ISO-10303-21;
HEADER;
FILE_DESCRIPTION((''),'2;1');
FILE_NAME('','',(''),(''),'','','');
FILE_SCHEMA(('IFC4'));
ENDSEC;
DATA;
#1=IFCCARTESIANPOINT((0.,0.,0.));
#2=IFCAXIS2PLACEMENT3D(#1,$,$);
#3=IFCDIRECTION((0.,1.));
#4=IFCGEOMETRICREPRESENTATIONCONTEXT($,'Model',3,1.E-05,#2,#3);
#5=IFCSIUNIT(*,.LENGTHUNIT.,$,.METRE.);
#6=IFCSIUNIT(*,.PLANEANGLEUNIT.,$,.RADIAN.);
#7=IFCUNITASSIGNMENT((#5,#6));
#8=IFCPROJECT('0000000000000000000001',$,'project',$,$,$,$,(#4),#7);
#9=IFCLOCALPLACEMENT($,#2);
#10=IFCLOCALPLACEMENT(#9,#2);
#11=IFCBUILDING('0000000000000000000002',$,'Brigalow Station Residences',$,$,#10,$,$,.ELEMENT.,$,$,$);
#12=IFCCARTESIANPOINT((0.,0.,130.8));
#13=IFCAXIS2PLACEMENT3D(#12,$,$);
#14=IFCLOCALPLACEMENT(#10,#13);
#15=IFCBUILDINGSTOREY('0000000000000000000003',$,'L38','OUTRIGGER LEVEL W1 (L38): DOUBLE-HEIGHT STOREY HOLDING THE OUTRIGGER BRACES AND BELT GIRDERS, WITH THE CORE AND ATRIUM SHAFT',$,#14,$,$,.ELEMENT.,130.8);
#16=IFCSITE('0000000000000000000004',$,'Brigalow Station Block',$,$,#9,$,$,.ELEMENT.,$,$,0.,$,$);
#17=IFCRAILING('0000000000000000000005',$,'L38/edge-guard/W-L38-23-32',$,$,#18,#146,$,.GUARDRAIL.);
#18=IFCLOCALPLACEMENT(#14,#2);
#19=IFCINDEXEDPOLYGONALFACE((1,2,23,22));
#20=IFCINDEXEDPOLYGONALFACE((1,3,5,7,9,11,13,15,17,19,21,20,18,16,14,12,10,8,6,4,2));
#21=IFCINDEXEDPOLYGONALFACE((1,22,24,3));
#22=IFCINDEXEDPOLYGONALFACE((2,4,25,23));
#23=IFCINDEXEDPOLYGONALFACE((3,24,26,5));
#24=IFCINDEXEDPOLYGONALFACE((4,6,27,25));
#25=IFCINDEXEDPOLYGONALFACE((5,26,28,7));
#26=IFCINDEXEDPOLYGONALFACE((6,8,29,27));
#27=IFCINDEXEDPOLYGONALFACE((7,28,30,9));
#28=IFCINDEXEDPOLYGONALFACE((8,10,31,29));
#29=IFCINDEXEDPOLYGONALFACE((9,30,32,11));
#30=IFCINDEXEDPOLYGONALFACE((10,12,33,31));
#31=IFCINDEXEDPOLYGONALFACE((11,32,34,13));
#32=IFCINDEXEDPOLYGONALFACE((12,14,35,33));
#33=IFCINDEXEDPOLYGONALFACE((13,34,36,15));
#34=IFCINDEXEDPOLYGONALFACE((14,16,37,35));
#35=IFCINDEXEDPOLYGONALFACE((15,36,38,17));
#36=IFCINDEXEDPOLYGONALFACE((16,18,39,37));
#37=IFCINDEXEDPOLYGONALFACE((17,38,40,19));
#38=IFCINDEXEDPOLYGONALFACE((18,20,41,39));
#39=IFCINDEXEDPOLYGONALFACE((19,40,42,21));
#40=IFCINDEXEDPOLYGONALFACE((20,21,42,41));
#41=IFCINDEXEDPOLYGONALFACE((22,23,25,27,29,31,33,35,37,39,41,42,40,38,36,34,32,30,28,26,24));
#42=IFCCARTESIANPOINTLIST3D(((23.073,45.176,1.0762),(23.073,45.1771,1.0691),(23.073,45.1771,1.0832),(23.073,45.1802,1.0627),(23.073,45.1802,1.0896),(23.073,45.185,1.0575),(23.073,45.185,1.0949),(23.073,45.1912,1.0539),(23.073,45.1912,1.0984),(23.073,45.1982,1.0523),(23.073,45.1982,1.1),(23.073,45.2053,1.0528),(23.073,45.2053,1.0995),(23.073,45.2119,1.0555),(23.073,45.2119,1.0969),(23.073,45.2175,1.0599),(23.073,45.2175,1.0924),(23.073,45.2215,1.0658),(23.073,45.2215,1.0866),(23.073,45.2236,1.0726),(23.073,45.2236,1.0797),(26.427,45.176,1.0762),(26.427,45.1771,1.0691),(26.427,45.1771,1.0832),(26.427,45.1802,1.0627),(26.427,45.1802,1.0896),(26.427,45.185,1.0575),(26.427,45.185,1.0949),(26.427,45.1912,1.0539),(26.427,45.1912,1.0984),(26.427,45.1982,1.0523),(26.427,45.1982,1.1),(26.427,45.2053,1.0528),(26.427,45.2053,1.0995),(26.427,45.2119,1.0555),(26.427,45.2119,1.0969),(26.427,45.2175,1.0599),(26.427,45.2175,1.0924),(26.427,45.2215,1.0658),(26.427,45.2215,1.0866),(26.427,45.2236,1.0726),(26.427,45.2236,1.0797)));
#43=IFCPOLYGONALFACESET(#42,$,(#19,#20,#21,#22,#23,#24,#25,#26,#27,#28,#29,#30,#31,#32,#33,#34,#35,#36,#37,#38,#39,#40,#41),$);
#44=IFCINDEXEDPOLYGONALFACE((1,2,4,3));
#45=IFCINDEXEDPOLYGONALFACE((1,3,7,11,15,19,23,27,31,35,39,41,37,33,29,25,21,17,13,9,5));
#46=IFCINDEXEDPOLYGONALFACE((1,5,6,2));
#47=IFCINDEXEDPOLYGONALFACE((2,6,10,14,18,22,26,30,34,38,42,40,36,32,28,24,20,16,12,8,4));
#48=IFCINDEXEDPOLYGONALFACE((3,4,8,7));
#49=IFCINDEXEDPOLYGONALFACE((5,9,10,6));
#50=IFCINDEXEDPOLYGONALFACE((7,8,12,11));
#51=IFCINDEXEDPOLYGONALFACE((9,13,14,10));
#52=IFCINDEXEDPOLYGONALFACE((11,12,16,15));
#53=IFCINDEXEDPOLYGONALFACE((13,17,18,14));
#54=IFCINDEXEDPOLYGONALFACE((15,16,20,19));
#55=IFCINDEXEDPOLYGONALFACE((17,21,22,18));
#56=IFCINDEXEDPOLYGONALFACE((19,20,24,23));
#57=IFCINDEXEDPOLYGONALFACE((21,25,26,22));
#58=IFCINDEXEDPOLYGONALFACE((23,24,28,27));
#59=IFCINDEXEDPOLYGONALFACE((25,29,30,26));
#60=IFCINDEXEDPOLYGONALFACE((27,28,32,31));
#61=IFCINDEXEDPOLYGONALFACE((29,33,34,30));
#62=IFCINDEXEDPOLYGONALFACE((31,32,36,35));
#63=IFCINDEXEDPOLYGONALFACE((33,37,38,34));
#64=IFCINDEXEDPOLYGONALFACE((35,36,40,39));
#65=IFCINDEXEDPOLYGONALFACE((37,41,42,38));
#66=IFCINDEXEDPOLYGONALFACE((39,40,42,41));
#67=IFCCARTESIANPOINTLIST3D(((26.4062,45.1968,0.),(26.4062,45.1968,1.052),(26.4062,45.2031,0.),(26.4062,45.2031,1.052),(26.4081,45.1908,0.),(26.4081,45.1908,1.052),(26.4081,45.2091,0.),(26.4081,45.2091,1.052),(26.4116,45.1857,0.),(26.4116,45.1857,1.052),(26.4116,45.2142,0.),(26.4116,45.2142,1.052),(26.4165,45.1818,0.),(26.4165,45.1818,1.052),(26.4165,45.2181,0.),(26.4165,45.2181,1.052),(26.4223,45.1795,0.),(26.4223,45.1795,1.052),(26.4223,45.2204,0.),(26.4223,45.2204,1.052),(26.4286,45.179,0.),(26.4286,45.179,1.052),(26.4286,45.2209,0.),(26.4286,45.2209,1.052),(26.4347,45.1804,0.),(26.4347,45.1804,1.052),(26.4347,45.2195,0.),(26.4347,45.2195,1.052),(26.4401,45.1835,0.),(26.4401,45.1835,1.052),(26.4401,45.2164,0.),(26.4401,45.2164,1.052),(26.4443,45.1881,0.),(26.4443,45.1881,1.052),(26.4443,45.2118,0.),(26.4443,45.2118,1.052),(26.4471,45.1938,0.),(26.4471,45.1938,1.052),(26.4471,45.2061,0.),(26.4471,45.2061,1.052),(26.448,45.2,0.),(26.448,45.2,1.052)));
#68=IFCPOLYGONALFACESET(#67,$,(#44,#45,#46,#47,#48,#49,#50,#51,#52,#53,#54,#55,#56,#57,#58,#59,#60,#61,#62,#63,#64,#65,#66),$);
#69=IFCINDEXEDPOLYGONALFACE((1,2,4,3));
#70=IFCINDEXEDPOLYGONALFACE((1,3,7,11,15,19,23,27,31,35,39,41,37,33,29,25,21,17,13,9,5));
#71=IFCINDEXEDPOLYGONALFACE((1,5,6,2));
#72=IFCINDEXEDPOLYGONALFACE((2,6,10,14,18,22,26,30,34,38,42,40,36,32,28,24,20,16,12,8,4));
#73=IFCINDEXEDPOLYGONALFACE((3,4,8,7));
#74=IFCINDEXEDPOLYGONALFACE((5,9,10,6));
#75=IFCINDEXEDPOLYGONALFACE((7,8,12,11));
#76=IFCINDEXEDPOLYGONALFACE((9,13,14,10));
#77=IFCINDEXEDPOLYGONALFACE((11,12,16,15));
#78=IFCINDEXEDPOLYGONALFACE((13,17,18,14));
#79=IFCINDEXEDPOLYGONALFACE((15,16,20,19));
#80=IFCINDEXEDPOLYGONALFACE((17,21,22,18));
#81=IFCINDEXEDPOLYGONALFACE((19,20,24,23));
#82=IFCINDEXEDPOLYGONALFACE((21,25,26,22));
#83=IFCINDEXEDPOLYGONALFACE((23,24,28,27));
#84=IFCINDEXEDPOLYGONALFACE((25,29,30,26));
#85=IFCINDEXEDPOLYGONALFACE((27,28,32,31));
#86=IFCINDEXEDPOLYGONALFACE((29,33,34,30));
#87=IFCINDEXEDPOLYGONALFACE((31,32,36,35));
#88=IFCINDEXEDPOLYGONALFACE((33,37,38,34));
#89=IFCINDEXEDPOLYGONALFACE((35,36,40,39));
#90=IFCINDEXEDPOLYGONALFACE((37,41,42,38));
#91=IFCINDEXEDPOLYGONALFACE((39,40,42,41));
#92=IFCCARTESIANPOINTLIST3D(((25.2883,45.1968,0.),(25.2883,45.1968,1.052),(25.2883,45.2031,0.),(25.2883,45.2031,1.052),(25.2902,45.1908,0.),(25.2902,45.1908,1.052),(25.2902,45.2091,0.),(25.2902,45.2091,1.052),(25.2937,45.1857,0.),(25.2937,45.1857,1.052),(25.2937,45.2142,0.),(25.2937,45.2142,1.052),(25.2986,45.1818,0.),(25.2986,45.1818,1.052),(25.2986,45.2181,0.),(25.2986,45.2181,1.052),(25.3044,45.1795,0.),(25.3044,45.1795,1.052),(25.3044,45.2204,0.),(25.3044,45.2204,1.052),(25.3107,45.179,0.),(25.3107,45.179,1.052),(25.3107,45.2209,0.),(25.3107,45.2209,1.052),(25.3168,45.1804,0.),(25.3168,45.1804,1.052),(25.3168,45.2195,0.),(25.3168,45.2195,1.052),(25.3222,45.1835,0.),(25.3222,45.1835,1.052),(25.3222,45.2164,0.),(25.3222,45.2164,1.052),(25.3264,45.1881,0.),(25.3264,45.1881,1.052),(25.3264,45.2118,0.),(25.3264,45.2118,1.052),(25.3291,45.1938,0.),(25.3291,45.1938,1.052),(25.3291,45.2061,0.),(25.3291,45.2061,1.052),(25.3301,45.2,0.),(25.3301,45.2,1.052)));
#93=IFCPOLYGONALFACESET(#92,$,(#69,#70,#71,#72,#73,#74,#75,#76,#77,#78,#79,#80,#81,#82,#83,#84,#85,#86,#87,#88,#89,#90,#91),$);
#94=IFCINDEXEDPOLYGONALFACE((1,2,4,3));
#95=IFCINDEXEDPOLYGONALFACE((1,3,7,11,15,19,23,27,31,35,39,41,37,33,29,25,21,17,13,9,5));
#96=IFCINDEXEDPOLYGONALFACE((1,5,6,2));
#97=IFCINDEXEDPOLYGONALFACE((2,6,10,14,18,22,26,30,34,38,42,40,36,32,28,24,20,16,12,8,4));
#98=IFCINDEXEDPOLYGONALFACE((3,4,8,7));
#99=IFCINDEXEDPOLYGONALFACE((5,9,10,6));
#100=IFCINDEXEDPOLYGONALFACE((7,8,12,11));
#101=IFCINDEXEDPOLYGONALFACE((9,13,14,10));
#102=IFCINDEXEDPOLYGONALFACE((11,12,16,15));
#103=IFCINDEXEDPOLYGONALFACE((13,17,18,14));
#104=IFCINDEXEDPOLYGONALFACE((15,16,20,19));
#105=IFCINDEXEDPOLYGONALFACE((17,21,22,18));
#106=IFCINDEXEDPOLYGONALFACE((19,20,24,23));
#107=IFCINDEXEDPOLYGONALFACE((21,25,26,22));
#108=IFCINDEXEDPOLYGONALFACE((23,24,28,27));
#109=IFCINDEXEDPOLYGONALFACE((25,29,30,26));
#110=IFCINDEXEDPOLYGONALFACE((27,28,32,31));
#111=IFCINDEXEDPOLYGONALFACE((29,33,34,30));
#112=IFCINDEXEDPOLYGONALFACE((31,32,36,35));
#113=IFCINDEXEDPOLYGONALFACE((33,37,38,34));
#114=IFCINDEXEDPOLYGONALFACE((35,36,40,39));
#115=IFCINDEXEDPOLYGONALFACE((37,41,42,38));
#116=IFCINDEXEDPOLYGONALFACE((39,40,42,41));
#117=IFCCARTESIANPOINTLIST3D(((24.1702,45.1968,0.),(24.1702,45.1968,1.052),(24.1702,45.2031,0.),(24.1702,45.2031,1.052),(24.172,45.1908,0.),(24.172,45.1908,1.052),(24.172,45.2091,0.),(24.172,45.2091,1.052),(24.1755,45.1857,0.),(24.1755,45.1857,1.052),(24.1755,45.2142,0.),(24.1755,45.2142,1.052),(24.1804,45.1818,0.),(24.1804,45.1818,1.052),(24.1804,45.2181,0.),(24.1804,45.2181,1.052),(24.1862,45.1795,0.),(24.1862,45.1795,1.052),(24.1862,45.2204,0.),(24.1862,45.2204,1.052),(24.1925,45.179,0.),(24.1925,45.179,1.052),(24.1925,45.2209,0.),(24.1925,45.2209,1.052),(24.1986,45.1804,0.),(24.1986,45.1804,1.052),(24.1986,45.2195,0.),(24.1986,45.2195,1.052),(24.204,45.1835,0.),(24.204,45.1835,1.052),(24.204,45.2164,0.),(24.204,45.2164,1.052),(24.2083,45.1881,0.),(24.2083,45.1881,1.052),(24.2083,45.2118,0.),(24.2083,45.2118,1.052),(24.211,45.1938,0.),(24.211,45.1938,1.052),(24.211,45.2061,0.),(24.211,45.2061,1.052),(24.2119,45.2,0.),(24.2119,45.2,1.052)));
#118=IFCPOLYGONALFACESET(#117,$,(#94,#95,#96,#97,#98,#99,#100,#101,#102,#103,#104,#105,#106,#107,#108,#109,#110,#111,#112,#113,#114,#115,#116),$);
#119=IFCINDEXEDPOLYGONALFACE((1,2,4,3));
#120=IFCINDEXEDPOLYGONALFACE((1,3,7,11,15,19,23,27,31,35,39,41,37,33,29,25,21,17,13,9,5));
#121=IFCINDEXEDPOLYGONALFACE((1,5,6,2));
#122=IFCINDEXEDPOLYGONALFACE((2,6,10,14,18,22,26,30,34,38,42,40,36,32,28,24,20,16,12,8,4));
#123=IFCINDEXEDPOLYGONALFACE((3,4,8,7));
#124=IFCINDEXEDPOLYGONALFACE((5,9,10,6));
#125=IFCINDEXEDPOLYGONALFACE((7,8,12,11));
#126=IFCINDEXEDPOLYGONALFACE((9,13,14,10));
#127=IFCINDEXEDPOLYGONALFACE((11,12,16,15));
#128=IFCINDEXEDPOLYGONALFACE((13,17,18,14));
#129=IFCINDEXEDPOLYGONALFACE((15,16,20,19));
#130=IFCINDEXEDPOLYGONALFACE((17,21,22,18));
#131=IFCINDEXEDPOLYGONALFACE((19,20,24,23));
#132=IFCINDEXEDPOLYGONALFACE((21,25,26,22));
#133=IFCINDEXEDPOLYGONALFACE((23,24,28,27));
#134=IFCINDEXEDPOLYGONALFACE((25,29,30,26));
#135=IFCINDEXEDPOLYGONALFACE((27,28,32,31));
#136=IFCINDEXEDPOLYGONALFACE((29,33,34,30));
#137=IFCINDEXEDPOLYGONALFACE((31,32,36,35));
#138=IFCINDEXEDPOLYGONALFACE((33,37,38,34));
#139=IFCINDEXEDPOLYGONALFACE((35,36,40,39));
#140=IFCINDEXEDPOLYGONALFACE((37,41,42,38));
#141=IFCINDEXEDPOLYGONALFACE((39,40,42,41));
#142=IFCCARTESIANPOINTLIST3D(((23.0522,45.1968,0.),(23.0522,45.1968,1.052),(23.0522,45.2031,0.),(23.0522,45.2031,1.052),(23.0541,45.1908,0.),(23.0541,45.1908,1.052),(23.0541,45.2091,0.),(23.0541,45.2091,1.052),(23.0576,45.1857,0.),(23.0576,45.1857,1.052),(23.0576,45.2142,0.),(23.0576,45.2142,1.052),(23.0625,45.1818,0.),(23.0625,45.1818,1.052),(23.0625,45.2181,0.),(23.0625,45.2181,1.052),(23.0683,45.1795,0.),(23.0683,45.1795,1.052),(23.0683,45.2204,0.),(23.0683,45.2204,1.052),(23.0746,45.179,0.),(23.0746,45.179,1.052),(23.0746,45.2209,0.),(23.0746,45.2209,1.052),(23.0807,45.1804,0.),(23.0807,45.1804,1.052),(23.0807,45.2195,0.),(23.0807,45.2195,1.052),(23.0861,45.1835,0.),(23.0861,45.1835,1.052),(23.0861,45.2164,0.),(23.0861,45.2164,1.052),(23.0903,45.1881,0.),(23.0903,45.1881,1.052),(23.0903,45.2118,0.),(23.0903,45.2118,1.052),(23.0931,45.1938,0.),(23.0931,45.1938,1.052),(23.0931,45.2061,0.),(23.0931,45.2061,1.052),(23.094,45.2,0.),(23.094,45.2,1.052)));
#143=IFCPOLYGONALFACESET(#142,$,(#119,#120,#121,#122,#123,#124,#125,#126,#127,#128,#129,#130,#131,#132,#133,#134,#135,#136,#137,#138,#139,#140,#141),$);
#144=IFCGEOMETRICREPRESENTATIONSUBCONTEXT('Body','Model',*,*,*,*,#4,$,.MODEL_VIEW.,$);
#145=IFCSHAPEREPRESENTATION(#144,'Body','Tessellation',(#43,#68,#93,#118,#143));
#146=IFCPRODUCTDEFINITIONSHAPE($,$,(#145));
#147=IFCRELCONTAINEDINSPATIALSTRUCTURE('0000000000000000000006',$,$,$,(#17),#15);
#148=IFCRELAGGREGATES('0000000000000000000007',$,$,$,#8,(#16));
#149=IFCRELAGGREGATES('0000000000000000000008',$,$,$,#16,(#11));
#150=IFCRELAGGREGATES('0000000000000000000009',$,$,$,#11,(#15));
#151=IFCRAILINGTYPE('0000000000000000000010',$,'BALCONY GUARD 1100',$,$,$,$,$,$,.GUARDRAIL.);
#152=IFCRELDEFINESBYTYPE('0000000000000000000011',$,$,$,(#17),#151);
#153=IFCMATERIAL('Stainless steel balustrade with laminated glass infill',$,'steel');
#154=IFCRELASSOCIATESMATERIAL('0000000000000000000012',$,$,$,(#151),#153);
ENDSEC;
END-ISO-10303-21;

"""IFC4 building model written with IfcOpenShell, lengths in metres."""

from ifc_helpers import new_model, si_unit, direction, frame, origin, origin_2d, place, context, subcontext, project, spatial, circle, extrude, material, type_object, element, save


model = new_model("IFC4")

# Units and contexts
model_context = context("Model", 3, precision=1e-05, world=origin(), true_north=direction((0.0, 1.0)))
body_context = subcontext(model_context, "Body", "Model", "MODEL_VIEW")
ifc_project = project(units=[si_unit("LENGTHUNIT", "METRE"), si_unit("PLANEANGLEUNIT", "RADIAN")], contexts=[model_context])

# Site, building, storey
site_placement = place(None, origin())
site = spatial("IfcSite", under=ifc_project, at=site_placement, Name="Brigalow Station Block", CompositionType="ELEMENT", RefElevation=0.0)
building_placement = place(site_placement, origin())
building = spatial("IfcBuilding", under=site, at=building_placement, Name="Brigalow Station Residences", CompositionType="ELEMENT")
storey_placement = place(building_placement, frame((0.0, 0.0, 130.8)))
storey = spatial("IfcBuildingStorey", under=building, at=storey_placement, Name="L38", Description="OUTRIGGER LEVEL W1 (L38): DOUBLE-HEIGHT STOREY HOLDING THE OUTRIGGER BRACES AND BELT GIRDERS, WITH THE CORE AND ATRIUM SHAFT", CompositionType="ELEMENT", Elevation=130.8)

# Railing
ifc_material_1 = material(Name="Stainless steel balustrade with laminated glass infill", Category="steel")
railing_type = type_object("IfcRailingType", Name="BALCONY GUARD 1100", PredefinedType="GUARDRAIL", material=ifc_material_1)
for number, where, name in (
    (1, (26.427, 45.2, 0.0), "L38/edge-guard/W-L38-23-32"),
):
    element("IfcRailing", number, at=place(storey_placement, frame(where)), inside=storey, type_object=railing_type, Name=name, PredefinedType="GUARDRAIL", context=body_context, shape_type="SweptSolid", body=[
        extrude(circle(Radius=0.0239, at=origin_2d()), frame((0.0, 0.0, 1.0762), z_axis=(-1.0, 0.0, 0.0), x_axis=(0.0, -1.0, 0.0)), (0.0, 0.0, 1.0), 3.354),
        extrude(circle(Radius=0.021, at=origin_2d()), origin(), (0.0, 0.0, 1.0), 1.052),
        extrude(circle(Radius=0.021, at=origin_2d()), frame((-1.1179, 0.0, 0.0)), (0.0, 0.0, 1.0), 1.052),
        extrude(circle(Radius=0.021, at=origin_2d()), frame((-2.2361, 0.0, 0.0)), (0.0, 0.0, 1.0), 1.052),
        extrude(circle(Radius=0.021, at=origin_2d()), frame((-3.354, 0.0, 0.0)), (0.0, 0.0, 1.0), 1.052),
    ])

save(model, "model.ifc")
